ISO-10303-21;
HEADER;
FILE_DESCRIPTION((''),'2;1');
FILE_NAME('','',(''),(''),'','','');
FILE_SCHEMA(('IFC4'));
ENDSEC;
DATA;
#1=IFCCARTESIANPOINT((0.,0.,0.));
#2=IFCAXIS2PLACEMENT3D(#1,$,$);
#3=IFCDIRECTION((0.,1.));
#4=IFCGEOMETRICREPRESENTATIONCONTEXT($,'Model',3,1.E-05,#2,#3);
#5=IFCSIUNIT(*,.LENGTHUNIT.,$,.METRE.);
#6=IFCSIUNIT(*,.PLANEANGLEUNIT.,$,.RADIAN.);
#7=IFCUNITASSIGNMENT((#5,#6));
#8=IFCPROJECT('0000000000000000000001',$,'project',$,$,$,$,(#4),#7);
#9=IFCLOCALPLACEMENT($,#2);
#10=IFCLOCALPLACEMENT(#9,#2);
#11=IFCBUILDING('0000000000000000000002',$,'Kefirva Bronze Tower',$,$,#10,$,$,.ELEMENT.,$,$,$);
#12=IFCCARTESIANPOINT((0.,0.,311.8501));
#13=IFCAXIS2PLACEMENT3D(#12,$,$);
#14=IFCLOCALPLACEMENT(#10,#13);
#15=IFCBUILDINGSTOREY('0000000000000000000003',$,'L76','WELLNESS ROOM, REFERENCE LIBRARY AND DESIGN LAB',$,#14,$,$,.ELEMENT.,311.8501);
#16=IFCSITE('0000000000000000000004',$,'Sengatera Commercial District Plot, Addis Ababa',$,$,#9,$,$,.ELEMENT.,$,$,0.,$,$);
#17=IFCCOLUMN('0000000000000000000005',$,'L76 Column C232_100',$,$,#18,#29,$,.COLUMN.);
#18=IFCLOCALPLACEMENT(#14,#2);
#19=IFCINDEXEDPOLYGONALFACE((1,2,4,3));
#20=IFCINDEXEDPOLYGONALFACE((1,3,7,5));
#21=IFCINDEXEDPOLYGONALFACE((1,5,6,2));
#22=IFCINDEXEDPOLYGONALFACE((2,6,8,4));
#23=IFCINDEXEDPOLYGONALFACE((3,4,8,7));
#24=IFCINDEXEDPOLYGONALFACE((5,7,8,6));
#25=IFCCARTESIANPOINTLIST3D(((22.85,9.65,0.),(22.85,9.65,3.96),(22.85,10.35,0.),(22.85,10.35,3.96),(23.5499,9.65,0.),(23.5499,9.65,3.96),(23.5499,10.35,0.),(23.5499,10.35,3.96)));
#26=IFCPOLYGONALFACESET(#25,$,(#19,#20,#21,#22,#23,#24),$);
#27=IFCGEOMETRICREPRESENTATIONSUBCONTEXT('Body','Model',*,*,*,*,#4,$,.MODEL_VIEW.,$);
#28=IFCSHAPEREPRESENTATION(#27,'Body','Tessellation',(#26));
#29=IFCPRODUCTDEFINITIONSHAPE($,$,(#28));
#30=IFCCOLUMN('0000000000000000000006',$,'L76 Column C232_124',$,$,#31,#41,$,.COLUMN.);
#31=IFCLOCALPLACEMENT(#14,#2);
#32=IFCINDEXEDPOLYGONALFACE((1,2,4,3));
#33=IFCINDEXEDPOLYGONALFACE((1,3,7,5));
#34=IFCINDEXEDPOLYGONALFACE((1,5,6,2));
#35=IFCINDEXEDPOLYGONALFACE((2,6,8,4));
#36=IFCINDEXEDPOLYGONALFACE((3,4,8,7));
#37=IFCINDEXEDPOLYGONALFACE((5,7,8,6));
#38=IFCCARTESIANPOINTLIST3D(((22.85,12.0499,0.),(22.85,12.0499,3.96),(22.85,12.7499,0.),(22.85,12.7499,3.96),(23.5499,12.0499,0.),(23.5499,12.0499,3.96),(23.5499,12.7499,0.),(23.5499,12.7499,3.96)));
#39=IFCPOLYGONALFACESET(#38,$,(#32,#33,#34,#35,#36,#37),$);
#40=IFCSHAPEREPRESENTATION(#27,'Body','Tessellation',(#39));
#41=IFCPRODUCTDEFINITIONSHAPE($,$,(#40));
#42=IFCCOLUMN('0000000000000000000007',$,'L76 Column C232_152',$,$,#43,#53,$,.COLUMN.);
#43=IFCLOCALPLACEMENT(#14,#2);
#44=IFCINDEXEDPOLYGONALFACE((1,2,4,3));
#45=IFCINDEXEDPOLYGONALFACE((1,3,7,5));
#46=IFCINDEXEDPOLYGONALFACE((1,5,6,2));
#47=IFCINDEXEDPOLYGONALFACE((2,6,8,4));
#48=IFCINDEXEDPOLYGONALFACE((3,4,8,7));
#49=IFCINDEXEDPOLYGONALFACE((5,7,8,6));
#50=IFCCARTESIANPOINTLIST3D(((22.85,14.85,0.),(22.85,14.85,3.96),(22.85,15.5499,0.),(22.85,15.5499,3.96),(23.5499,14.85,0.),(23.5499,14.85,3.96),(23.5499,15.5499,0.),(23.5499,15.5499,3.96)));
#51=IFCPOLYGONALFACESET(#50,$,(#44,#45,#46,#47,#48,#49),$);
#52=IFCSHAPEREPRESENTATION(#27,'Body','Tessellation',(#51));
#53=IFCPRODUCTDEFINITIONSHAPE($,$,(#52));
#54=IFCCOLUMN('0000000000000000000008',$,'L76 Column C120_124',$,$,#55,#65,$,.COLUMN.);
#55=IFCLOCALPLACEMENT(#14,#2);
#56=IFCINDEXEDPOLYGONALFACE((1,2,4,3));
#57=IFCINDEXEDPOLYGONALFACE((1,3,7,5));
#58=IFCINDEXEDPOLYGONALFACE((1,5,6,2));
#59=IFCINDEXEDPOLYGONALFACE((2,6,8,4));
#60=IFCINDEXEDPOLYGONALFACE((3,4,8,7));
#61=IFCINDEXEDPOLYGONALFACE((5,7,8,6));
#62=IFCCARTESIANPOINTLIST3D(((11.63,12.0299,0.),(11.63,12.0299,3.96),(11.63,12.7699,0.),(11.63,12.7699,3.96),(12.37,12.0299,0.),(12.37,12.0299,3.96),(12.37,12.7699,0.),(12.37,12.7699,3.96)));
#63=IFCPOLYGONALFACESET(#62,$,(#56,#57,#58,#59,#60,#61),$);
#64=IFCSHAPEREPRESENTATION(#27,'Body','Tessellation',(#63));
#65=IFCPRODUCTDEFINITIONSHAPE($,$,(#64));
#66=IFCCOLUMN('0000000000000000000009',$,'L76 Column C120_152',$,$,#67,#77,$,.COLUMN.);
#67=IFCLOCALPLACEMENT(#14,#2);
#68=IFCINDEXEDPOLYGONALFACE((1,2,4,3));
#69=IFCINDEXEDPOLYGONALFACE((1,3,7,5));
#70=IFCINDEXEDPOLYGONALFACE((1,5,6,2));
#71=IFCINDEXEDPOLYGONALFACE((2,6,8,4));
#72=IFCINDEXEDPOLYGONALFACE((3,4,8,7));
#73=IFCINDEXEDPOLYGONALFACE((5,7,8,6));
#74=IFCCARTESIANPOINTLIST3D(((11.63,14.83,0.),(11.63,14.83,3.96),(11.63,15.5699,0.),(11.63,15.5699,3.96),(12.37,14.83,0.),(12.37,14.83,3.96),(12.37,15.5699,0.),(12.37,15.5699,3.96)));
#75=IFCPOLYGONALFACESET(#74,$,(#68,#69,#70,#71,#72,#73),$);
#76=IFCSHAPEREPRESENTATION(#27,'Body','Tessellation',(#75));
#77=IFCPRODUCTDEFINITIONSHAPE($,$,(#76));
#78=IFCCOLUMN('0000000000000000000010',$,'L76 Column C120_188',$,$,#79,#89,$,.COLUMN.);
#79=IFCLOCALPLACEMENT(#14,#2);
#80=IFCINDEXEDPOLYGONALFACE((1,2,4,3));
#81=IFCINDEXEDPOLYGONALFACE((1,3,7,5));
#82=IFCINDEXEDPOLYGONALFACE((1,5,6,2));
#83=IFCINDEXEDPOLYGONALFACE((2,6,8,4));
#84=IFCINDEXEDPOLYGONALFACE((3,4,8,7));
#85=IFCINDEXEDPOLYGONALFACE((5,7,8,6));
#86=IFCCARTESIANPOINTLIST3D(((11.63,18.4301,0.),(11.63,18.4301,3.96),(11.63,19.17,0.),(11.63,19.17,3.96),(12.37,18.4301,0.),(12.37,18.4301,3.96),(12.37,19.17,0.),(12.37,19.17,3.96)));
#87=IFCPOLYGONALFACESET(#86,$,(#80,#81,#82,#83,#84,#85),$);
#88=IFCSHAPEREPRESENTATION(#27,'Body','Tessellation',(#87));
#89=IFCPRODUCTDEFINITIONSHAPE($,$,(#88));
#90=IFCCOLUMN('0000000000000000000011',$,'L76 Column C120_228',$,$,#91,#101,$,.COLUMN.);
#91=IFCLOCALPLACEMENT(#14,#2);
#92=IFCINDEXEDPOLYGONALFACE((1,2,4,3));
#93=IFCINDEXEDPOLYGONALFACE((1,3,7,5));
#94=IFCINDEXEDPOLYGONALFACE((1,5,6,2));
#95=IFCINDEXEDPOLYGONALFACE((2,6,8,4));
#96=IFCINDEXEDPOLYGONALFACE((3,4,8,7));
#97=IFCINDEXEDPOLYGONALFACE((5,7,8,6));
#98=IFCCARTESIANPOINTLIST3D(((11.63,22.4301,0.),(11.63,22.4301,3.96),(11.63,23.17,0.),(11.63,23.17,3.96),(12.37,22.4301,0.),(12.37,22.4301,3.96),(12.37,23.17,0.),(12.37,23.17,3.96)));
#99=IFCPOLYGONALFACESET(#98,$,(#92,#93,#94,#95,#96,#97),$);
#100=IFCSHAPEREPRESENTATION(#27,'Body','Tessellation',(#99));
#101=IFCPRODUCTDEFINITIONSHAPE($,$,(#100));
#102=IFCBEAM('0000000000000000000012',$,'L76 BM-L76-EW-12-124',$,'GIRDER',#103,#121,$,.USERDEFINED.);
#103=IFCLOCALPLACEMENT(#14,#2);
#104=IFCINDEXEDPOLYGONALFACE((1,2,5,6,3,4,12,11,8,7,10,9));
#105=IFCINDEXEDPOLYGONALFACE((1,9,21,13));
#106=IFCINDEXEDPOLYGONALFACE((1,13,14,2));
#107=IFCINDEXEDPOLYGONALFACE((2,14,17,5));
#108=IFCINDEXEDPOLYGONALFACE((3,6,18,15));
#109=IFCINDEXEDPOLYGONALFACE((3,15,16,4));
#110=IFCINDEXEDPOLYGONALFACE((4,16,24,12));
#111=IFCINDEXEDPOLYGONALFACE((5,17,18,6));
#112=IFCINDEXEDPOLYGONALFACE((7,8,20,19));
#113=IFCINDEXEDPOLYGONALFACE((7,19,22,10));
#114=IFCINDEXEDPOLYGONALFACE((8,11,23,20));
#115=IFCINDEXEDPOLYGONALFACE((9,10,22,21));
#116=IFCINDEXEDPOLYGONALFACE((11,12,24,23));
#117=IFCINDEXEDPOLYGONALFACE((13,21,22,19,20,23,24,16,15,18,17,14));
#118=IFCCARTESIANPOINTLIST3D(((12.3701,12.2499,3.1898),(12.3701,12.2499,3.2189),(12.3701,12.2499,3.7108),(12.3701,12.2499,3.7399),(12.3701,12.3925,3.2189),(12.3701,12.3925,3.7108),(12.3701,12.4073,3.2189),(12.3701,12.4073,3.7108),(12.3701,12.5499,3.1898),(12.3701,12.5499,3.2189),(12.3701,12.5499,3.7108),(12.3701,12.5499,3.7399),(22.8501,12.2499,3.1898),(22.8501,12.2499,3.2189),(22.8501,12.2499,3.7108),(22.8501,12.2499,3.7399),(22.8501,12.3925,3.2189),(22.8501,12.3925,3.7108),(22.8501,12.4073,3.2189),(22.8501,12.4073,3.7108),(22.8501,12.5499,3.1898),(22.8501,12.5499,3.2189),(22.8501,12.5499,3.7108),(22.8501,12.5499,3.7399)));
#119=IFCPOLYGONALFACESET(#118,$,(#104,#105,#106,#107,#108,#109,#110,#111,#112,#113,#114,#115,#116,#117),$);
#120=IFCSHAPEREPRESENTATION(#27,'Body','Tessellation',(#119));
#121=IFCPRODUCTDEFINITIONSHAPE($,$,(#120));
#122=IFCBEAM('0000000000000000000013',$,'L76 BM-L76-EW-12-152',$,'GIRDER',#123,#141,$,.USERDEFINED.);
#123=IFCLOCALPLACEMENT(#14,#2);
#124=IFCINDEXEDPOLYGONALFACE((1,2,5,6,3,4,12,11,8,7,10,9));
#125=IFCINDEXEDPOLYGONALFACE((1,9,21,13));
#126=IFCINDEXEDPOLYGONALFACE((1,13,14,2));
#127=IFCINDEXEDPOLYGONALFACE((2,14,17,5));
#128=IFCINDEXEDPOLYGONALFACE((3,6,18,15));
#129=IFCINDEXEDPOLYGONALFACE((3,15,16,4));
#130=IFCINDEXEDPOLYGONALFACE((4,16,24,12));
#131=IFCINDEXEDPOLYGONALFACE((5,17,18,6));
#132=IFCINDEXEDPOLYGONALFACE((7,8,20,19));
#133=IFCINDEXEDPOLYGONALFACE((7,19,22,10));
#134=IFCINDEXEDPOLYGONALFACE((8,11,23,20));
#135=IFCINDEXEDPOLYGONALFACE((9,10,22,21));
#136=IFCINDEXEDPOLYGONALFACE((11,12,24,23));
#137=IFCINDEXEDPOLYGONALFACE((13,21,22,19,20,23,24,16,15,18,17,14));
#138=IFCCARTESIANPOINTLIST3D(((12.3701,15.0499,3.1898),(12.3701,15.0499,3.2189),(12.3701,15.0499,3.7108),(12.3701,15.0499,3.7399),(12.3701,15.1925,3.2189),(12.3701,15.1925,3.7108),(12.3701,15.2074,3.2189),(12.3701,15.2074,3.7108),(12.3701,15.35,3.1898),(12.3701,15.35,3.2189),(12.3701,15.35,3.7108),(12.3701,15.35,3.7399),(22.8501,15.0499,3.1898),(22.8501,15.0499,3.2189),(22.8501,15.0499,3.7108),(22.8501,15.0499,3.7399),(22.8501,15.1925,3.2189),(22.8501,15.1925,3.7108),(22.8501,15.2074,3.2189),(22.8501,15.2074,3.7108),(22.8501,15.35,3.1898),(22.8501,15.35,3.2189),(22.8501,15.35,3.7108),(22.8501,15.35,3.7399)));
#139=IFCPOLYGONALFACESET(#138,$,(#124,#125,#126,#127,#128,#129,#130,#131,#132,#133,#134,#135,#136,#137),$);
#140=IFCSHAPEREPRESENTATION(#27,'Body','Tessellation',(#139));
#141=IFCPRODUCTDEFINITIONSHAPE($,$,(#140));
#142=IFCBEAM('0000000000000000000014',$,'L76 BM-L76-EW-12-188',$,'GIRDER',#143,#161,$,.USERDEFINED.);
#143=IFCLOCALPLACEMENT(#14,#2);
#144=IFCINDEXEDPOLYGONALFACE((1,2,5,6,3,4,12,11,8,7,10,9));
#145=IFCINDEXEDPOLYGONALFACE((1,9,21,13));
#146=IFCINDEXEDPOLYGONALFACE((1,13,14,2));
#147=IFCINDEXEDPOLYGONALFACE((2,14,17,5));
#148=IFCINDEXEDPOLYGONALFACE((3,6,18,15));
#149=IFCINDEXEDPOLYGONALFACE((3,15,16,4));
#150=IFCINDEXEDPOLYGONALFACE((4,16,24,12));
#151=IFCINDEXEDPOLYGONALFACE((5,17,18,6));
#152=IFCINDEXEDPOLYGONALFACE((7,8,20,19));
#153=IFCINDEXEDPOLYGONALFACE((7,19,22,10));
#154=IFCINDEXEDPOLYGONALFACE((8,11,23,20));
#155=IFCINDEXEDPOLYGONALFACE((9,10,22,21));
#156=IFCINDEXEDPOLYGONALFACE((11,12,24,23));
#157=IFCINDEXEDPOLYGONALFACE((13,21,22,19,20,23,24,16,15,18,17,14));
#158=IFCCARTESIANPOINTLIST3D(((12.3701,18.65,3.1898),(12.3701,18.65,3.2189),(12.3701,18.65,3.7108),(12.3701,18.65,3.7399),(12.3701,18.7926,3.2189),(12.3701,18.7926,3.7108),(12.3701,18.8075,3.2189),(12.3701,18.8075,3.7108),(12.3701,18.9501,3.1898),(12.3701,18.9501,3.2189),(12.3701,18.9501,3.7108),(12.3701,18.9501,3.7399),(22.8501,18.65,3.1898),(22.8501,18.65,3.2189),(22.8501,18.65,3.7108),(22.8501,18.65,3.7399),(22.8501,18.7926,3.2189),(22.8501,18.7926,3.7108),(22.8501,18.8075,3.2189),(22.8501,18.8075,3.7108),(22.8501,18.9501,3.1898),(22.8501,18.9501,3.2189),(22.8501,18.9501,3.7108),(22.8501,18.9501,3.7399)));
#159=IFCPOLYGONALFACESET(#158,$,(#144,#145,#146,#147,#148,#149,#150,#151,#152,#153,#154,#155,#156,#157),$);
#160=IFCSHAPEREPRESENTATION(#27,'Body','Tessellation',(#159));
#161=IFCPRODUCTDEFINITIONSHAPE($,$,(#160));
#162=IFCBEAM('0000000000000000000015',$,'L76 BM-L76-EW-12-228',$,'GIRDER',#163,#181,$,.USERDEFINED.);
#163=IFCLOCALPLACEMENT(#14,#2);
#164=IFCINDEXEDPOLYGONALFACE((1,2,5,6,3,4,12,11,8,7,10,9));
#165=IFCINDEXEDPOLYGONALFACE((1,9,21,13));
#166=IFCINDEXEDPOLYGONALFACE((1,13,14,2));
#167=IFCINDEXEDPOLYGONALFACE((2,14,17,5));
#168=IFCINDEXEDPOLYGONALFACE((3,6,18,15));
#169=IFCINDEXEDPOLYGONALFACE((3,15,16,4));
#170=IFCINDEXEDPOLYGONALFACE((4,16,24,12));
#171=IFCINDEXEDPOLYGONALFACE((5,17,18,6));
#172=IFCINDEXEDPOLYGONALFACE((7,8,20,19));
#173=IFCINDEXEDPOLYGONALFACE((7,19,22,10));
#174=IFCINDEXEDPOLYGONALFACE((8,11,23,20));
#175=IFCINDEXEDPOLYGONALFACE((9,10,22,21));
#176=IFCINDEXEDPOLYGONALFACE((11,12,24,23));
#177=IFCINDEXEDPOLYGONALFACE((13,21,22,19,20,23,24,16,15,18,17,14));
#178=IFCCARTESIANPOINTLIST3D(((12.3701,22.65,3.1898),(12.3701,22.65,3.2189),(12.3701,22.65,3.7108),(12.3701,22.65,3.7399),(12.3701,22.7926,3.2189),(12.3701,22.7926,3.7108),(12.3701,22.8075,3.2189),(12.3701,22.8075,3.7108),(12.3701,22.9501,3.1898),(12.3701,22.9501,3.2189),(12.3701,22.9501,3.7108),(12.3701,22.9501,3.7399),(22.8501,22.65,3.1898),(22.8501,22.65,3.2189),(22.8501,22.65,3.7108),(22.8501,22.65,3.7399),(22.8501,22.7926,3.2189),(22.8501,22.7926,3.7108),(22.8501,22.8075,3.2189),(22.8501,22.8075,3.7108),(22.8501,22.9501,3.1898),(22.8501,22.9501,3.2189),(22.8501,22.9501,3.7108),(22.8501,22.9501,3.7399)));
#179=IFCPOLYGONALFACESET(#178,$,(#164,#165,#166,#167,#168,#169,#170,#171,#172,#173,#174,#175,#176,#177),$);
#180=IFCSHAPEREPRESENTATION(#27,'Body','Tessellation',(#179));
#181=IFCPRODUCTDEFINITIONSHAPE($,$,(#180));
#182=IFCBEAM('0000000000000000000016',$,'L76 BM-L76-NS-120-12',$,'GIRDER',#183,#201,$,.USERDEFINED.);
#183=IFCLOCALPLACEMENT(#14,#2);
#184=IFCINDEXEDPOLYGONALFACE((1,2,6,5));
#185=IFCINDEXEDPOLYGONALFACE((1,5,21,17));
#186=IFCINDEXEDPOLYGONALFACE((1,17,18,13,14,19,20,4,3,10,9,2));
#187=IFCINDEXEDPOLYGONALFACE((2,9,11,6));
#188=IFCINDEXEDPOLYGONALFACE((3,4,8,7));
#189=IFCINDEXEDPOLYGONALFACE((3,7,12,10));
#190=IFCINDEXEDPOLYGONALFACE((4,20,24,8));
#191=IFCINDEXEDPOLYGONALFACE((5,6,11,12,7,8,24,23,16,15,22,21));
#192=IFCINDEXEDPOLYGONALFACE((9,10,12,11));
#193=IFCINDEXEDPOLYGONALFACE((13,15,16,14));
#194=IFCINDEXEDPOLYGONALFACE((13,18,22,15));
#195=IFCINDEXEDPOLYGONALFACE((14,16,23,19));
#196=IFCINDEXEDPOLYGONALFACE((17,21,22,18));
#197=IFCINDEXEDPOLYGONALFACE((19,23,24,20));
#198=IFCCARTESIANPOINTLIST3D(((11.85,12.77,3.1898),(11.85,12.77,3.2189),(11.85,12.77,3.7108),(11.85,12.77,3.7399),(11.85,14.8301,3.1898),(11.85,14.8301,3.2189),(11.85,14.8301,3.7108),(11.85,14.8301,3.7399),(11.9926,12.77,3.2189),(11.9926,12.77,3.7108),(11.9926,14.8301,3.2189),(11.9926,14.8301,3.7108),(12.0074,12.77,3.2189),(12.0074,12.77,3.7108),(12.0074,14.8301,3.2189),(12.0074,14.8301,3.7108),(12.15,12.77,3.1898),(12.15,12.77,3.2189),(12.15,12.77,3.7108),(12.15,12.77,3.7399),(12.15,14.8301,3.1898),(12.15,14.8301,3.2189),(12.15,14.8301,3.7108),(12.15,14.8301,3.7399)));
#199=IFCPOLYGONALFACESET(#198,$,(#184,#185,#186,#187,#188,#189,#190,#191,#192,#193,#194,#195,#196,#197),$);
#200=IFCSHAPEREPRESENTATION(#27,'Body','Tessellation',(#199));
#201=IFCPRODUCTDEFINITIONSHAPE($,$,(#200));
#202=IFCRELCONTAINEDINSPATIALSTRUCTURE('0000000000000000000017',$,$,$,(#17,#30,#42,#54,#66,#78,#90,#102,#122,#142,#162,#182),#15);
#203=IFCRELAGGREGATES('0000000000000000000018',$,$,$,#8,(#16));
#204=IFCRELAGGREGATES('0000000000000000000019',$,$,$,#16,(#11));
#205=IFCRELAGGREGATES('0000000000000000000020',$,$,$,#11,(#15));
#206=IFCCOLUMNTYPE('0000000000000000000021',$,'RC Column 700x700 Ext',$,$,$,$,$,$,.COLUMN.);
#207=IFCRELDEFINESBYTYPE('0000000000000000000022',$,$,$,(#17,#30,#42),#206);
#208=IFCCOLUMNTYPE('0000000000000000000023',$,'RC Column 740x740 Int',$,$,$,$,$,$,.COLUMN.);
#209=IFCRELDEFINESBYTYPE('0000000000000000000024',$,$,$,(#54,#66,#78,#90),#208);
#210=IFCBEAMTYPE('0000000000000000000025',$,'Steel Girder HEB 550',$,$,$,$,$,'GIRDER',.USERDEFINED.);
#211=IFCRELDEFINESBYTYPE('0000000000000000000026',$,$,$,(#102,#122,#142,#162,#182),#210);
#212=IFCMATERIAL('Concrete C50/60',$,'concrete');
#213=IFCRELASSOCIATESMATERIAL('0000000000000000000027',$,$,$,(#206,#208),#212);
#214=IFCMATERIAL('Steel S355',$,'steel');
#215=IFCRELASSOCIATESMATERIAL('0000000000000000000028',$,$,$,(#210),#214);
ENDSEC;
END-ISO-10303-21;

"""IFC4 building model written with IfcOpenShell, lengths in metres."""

from ifc_helpers import new_model, si_unit, direction, frame, origin, origin_2d, place, context, subcontext, project, spatial, rectangle, i_section, extrude, material, material_profile, profile_set, type_object, element, save


model = new_model("IFC4")

# Units and contexts
model_context = context("Model", 3, precision=1e-05, world=origin(), true_north=direction((0.0, 1.0)))
body_context = subcontext(model_context, "Body", "Model", "MODEL_VIEW")
ifc_project = project(units=[si_unit("LENGTHUNIT", "METRE"), si_unit("PLANEANGLEUNIT", "RADIAN")], contexts=[model_context])

# Site, building, storey
site_placement = place(None, origin())
site = spatial("IfcSite", under=ifc_project, at=site_placement, Name="Sengatera Commercial District Plot, Addis Ababa", CompositionType="ELEMENT", RefElevation=0.0)
building_placement = place(site_placement, origin())
building = spatial("IfcBuilding", under=site, at=building_placement, Name="Kefirva Bronze Tower", CompositionType="ELEMENT")
storey_placement = place(building_placement, frame((0.0, 0.0, 311.8501)))
storey = spatial("IfcBuildingStorey", under=building, at=storey_placement, Name="L76", Description="WELLNESS ROOM, REFERENCE LIBRARY AND DESIGN LAB", CompositionType="ELEMENT", Elevation=311.8501)

# Columns
ifc_material_1 = material(Name="Concrete C50/60", Category="concrete")
ifc_material_profile_1 = material_profile(ifc_material_1, rectangle(XDim=0.7, YDim=0.7, at=origin_2d()), Name="RC 700x700")
ifc_profile_set_1 = profile_set([ifc_material_profile_1], Name="Concrete C50/60")
column_type_1 = type_object("IfcColumnType", Name="RC Column 700x700 Ext", PredefinedType="COLUMN", material=ifc_profile_set_1)
for number, where, z_axis, x_axis, name in (
    (1, (23.2, 10.0, 0.0), (0.0, 0.0, 1.0), (1.0, 0.0, 0.0), "L76 Column C232_100"),
    (2, (23.2, 12.3999, 0.0), (0.0, 0.0, 1.0), (1.0, 0.0, 0.0), "L76 Column C232_124"),
    (3, (23.2, 15.2, 0.0), (0.0, 0.0, 1.0), (1.0, 0.0, 0.0), "L76 Column C232_152"),
):
    element("IfcColumn", number, at=place(storey_placement, frame(where, z_axis=z_axis, x_axis=x_axis)), inside=storey, type_object=column_type_1, Name=name, PredefinedType="COLUMN", context=body_context, shape_type="SweptSolid", body=[
        extrude(rectangle(XDim=0.7, YDim=0.7, at=origin_2d()), origin(), (0.0, 0.0, 1.0), 3.96),
    ])
ifc_material_profile_2 = material_profile(ifc_material_1, rectangle(XDim=0.74, YDim=0.74, at=origin_2d()), Name="RC 740x740")
ifc_profile_set_2 = profile_set([ifc_material_profile_2], Name="Concrete C50/60")
column_type_2 = type_object("IfcColumnType", Name="RC Column 740x740 Int", PredefinedType="COLUMN", material=ifc_profile_set_2)
for number, where, z_axis, x_axis, name in (
    (4, (12.0, 12.3999, 0.0), (0.0, 0.0, 1.0), (1.0, 0.0, 0.0), "L76 Column C120_124"),
    (5, (12.0, 15.2, 0.0), (0.0, 0.0, 1.0), (1.0, 0.0, 0.0), "L76 Column C120_152"),
    (6, (12.0, 18.8, 0.0), (0.0, 0.0, 1.0), (1.0, 0.0, 0.0), "L76 Column C120_188"),
    (7, (12.0, 22.8, 0.0), (0.0, 0.0, 1.0), (1.0, 0.0, 0.0), "L76 Column C120_228"),
):
    element("IfcColumn", number, at=place(storey_placement, frame(where, z_axis=z_axis, x_axis=x_axis)), inside=storey, type_object=column_type_2, Name=name, PredefinedType="COLUMN", context=body_context, shape_type="SweptSolid", body=[
        extrude(rectangle(XDim=0.74, YDim=0.74, at=origin_2d()), origin(), (0.0, 0.0, 1.0), 3.96),
    ])

# Beams
ifc_material_2 = material(Name="Steel S355", Category="steel")
ifc_material_profile_3 = material_profile(ifc_material_2, i_section(OverallWidth=0.3, OverallDepth=0.55, WebThickness=0.0149, FlangeThickness=0.0291, at=origin_2d()), Name="HEB 550")
ifc_profile_set_3 = profile_set([ifc_material_profile_3], Name="Steel S355")
beam_type_1 = type_object("IfcBeamType", Name="Steel Girder HEB 550", ElementType="GIRDER", PredefinedType="USERDEFINED", material=ifc_profile_set_3)
for number, where, z_axis, x_axis, name in (
    (8, (12.3701, 12.3999, 3.4648), (1.0, 0.0, 0.0), (0.0, 1.0, 0.0), "L76 BM-L76-EW-12-124"),
    (9, (12.3701, 15.2, 3.4648), (1.0, 0.0, 0.0), (0.0, 1.0, 0.0), "L76 BM-L76-EW-12-152"),
    (10, (12.3701, 18.8, 3.4648), (1.0, 0.0, 0.0), (0.0, 1.0, 0.0), "L76 BM-L76-EW-12-188"),
    (11, (12.3701, 22.8, 3.4648), (1.0, 0.0, 0.0), (0.0, 1.0, 0.0), "L76 BM-L76-EW-12-228"),
):
    element("IfcBeam", number, at=place(storey_placement, frame(where, z_axis=z_axis, x_axis=x_axis)), inside=storey, type_object=beam_type_1, Name=name, ObjectType="GIRDER", PredefinedType="USERDEFINED", context=body_context, shape_type="SweptSolid", body=[
        extrude(i_section(OverallWidth=0.3, OverallDepth=0.55, WebThickness=0.0149, FlangeThickness=0.0291, at=origin_2d()), origin(), (0.0, 0.0, 1.0), 10.48),
    ])
beam_1_placement = place(storey_placement, frame((12.0, 12.77, 3.4648), z_axis=(0.0, 1.0, 0.0), x_axis=(-1.0, 0.0, 0.0)))
element("IfcBeam", 12, at=beam_1_placement, inside=storey, type_object=beam_type_1, Name="L76 BM-L76-NS-120-12", ObjectType="GIRDER", PredefinedType="USERDEFINED", context=body_context, shape_type="SweptSolid", body=[
    extrude(i_section(OverallWidth=0.3, OverallDepth=0.55, WebThickness=0.0149, FlangeThickness=0.0291, at=origin_2d()), origin(), (0.0, 0.0, 1.0), 2.0601),
])

save(model, "model.ifc")
